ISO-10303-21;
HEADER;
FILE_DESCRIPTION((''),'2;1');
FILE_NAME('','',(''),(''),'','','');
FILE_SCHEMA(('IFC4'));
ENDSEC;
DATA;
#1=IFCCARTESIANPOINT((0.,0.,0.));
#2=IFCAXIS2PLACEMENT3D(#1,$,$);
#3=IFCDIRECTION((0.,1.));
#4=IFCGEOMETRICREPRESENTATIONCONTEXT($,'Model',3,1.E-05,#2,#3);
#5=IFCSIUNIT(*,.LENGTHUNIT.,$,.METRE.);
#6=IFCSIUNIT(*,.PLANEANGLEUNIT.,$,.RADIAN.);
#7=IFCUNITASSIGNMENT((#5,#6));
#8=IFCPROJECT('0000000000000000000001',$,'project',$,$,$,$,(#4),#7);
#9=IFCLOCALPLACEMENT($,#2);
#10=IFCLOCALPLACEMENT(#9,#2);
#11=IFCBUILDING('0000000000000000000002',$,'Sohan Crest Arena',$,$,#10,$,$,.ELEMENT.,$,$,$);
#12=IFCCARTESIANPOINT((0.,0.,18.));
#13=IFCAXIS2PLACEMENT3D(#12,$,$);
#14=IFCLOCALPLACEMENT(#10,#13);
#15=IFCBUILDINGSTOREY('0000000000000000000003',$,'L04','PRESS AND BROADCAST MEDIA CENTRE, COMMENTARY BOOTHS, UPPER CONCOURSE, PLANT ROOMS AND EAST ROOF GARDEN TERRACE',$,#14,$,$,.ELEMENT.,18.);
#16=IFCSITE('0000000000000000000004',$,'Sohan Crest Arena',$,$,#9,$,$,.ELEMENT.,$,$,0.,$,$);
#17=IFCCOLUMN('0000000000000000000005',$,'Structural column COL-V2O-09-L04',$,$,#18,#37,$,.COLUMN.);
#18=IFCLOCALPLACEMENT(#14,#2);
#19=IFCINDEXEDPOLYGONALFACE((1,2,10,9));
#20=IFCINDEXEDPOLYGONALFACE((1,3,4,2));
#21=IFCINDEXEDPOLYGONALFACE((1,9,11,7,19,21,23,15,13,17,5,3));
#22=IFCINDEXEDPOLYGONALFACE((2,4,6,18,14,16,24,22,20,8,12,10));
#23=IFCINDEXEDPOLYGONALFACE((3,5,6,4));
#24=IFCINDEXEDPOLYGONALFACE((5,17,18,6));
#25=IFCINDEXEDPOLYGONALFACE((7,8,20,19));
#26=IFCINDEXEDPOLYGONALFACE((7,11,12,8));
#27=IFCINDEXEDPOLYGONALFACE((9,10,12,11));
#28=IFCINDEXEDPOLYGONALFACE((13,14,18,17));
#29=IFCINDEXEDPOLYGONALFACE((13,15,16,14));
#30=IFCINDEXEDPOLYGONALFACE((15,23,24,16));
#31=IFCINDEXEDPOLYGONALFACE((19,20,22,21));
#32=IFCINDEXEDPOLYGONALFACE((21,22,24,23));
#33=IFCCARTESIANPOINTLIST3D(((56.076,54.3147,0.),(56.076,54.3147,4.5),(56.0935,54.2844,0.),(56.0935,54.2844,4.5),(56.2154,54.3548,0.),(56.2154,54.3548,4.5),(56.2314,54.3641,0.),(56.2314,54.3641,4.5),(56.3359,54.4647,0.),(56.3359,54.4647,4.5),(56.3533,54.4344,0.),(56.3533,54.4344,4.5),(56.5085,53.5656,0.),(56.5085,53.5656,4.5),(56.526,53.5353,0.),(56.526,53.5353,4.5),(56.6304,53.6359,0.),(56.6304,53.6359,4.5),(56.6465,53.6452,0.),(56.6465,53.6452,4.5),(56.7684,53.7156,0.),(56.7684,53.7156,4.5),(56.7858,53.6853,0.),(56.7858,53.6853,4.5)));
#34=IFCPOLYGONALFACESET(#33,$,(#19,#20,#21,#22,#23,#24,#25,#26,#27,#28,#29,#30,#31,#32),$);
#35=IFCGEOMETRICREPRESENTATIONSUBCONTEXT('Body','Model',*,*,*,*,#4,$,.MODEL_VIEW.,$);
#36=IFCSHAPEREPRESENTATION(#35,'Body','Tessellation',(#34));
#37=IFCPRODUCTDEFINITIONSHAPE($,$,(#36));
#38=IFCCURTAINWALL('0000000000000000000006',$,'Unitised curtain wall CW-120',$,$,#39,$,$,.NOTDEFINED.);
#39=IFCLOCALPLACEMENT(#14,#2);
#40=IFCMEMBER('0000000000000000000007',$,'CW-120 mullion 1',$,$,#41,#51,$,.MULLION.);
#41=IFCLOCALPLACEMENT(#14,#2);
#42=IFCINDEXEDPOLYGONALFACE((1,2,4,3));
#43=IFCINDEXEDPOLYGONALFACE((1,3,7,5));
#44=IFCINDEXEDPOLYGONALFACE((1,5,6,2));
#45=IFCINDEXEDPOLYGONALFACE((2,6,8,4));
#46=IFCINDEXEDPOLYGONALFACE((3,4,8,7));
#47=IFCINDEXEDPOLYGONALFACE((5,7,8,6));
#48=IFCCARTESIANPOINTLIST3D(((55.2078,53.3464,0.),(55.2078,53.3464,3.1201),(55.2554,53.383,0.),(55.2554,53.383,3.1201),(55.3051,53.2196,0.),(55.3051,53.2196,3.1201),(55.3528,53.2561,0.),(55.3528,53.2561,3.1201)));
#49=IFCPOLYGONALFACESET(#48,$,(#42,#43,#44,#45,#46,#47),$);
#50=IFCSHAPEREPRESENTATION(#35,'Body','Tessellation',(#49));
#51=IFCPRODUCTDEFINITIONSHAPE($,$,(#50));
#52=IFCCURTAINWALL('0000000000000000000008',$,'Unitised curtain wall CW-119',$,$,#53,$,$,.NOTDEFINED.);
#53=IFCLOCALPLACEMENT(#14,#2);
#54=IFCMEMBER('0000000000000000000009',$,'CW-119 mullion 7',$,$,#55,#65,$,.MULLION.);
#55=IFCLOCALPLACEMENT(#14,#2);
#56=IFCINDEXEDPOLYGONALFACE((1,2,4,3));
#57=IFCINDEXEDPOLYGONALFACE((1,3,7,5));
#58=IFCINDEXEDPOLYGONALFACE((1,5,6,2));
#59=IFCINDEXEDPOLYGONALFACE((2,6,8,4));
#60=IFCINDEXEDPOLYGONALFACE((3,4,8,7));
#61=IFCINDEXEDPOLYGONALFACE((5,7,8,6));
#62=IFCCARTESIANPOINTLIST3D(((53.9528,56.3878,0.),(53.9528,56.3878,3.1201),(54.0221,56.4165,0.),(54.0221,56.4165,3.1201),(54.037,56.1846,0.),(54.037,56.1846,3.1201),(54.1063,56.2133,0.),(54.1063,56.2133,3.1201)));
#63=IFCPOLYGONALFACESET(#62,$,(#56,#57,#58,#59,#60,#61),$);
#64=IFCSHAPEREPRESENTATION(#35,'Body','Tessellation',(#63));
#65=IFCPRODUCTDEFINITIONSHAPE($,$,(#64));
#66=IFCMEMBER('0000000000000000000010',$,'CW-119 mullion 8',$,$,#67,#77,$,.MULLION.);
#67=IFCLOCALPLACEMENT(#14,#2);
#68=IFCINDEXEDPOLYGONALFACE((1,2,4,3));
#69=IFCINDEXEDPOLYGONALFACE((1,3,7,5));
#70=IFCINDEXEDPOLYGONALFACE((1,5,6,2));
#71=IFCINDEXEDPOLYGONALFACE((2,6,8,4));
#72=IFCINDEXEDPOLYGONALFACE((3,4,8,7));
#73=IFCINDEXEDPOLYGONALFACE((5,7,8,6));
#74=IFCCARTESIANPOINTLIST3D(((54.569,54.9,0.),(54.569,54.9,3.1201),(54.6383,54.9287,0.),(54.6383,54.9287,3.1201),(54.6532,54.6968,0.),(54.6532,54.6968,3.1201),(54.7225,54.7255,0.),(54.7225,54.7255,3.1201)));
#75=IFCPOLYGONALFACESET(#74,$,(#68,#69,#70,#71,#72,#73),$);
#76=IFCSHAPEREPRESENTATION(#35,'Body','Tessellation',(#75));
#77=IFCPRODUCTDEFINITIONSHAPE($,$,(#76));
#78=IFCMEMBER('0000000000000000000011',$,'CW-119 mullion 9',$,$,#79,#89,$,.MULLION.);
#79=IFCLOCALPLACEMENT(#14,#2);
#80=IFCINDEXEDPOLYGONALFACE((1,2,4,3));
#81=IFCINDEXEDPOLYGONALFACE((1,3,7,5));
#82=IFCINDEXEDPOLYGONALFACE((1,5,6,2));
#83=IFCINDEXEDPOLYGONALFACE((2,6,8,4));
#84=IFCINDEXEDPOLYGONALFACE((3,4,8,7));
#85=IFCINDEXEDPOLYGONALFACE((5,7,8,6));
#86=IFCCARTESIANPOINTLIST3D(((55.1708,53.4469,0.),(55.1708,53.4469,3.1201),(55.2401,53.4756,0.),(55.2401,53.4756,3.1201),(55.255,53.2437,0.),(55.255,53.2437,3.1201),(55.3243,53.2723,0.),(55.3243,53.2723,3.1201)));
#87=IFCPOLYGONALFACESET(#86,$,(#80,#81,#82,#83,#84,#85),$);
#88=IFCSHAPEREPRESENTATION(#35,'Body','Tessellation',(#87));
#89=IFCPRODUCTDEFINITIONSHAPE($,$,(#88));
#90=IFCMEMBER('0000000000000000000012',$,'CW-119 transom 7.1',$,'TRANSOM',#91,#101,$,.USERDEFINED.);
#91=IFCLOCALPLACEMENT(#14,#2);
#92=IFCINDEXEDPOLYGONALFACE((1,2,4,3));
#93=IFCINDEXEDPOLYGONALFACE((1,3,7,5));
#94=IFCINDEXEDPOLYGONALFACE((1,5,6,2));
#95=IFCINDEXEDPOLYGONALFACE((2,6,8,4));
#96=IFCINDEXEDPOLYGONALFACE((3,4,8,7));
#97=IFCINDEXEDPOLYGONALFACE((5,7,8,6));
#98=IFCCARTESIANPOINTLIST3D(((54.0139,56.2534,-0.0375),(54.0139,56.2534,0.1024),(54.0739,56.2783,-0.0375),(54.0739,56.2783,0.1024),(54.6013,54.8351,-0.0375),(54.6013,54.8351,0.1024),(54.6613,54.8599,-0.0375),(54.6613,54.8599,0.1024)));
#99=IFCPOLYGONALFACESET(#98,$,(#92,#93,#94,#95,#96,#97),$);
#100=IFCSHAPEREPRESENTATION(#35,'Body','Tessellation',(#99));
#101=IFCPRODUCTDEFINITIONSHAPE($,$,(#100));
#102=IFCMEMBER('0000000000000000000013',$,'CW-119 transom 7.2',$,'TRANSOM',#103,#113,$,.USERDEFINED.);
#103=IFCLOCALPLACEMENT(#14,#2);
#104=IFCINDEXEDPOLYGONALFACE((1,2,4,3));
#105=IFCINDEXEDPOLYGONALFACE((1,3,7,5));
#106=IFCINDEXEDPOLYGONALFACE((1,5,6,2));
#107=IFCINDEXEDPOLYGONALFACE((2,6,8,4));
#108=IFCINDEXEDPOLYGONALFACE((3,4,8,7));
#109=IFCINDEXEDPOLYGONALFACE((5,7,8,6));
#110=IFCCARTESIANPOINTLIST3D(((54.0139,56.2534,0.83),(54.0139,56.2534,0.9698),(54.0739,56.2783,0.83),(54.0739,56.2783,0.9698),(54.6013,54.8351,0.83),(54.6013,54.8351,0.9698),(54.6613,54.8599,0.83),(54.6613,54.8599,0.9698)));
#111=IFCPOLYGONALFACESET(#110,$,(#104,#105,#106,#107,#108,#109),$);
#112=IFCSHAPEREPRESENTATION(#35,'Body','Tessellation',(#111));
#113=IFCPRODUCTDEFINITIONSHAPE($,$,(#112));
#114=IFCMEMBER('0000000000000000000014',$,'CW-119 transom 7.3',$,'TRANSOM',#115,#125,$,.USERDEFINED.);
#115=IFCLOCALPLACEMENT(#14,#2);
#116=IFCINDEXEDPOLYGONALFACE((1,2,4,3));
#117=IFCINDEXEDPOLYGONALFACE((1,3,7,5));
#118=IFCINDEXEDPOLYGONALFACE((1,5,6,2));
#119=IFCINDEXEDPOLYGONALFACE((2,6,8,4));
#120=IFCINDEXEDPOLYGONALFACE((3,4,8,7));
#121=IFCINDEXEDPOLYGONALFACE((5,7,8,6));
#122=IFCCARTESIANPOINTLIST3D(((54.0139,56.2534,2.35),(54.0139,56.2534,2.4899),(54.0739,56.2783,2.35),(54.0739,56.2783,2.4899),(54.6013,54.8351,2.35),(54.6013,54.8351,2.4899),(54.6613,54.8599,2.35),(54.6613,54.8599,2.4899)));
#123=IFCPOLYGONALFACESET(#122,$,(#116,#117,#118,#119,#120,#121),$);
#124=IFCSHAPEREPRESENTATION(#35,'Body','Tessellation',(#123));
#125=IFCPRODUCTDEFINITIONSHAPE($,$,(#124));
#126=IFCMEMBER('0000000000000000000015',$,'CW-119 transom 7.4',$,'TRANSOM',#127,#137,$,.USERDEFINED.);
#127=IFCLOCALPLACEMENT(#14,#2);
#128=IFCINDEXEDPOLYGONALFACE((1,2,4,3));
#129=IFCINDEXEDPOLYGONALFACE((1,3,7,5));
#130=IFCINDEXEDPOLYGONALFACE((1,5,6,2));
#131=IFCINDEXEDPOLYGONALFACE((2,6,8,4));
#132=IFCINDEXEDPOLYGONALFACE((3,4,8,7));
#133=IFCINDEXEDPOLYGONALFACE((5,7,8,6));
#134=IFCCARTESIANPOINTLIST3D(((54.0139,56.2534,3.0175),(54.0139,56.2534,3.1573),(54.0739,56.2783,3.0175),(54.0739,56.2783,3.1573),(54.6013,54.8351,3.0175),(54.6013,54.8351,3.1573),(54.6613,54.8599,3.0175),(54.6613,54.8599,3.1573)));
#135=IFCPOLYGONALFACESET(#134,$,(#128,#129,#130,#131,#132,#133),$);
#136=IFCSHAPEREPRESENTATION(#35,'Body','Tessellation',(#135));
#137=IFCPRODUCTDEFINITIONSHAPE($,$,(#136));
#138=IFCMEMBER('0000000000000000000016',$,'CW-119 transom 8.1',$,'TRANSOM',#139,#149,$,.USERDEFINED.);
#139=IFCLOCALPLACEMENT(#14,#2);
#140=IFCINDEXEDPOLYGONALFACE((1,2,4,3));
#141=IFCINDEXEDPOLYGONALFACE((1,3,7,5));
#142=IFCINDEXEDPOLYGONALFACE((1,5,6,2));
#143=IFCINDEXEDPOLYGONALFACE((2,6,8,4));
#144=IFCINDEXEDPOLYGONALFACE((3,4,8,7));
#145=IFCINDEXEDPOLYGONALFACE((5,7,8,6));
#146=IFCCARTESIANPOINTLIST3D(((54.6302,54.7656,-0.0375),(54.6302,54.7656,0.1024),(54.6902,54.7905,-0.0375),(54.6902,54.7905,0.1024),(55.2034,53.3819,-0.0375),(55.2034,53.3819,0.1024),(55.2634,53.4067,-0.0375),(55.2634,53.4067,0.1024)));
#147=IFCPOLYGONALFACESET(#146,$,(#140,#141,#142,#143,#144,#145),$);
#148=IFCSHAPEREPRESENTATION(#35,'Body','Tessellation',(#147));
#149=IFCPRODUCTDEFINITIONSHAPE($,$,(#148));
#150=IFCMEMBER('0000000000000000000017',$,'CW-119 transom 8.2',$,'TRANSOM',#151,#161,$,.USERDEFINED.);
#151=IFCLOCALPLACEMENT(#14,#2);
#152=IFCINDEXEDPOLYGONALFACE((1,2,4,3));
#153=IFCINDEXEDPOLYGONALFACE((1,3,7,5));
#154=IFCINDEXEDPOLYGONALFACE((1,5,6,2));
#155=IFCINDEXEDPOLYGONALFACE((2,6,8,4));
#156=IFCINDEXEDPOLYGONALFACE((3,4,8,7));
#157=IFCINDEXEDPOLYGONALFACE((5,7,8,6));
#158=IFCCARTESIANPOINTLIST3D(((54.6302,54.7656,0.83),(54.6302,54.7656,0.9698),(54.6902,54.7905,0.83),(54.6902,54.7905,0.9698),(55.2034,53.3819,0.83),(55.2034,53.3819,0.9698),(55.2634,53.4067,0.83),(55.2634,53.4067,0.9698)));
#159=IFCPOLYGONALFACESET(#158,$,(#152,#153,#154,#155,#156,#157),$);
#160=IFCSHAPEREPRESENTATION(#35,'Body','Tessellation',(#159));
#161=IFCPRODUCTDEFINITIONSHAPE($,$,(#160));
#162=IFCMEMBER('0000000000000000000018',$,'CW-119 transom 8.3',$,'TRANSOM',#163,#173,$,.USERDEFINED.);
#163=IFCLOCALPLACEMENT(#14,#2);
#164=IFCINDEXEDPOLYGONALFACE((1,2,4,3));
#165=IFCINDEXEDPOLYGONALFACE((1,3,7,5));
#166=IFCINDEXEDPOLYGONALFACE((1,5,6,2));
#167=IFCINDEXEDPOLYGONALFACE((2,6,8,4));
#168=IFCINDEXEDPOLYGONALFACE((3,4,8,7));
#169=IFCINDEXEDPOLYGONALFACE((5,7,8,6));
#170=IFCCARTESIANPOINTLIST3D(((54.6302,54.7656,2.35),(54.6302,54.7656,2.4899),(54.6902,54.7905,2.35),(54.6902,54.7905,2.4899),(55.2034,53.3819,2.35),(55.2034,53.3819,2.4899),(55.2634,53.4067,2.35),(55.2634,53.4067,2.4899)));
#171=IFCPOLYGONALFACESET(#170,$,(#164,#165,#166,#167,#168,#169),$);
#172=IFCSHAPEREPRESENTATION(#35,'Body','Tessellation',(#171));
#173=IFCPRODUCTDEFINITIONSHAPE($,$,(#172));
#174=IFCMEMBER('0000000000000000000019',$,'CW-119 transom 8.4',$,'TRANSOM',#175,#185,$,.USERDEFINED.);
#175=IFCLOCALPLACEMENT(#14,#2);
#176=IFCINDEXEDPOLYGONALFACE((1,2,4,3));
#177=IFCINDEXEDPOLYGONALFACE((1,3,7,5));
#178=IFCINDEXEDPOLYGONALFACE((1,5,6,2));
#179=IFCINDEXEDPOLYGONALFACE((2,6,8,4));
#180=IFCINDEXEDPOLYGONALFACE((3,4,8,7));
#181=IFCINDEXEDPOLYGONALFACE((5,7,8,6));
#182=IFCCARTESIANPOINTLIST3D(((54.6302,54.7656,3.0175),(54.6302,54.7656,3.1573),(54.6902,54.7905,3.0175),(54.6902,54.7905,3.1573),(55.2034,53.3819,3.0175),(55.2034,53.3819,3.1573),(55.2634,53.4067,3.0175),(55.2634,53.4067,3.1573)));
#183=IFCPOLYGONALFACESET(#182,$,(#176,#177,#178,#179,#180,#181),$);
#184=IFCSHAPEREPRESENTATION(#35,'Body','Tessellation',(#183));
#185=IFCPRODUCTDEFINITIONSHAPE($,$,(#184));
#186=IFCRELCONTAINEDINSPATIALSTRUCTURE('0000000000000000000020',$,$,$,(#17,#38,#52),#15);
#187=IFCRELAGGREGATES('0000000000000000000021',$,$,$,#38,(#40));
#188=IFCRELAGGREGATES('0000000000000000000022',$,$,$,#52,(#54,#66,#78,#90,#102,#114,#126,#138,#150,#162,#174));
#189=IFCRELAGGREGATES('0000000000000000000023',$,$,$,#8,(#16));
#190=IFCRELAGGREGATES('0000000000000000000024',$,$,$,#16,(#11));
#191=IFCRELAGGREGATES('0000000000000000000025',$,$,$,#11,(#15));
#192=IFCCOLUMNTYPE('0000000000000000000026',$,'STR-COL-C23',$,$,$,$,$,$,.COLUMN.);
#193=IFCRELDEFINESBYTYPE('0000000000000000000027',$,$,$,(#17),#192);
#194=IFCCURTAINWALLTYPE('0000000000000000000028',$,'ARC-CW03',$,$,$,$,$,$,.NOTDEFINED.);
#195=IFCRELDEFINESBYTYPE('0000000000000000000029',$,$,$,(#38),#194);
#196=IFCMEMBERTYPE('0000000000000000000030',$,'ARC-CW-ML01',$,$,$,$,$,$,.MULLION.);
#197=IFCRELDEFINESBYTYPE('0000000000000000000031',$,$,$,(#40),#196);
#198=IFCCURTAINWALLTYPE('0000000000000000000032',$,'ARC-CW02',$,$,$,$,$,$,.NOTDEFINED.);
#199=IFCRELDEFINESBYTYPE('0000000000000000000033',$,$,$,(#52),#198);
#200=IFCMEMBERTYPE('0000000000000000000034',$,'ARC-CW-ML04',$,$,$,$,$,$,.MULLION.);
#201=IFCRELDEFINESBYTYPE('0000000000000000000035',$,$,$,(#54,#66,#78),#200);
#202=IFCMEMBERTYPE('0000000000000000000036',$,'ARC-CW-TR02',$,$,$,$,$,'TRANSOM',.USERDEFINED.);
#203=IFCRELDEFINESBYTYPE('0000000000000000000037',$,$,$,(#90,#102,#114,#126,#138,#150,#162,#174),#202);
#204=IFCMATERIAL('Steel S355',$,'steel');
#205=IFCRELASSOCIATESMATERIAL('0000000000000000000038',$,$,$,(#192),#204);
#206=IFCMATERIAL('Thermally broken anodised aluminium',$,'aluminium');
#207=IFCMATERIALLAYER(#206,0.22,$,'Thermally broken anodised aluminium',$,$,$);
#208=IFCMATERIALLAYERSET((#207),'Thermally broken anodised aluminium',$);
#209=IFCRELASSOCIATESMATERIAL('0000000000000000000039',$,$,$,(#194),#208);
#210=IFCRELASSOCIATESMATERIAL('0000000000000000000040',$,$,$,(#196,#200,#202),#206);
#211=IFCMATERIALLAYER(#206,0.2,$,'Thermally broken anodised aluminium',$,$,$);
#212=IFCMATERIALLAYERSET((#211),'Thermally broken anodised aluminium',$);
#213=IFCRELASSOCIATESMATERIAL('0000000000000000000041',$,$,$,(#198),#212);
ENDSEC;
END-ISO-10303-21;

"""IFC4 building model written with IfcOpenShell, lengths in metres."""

from ifc_helpers import new_model, si_unit, direction, frame, origin, origin_2d, place, context, subcontext, project, spatial, rectangle, i_section, extrude, material, layer, layer_set, material_profile, profile_set, type_object, element, aggregate, save


model = new_model("IFC4")

# Units and contexts
model_context = context("Model", 3, precision=1e-05, world=origin(), true_north=direction((0.0, 1.0)))
body_context = subcontext(model_context, "Body", "Model", "MODEL_VIEW")
ifc_project = project(units=[si_unit("LENGTHUNIT", "METRE"), si_unit("PLANEANGLEUNIT", "RADIAN")], contexts=[model_context])

# Site, building, storey
site_placement = place(None, origin())
site = spatial("IfcSite", under=ifc_project, at=site_placement, Name="Sohan Crest Arena", CompositionType="ELEMENT", RefElevation=0.0)
building_placement = place(site_placement, origin())
building = spatial("IfcBuilding", under=site, at=building_placement, Name="Sohan Crest Arena", CompositionType="ELEMENT")
storey_placement = place(building_placement, frame((0.0, 0.0, 18.0)))
storey = spatial("IfcBuildingStorey", under=building, at=storey_placement, Name="L04", Description="PRESS AND BROADCAST MEDIA CENTRE, COMMENTARY BOOTHS, UPPER CONCOURSE, PLANT ROOMS AND EAST ROOF GARDEN TERRACE", CompositionType="ELEMENT", Elevation=18.0)

# Column
ifc_material_1 = material(Name="Steel S355", Category="steel")
ifc_material_profile_1 = material_profile(ifc_material_1, i_section(OverallWidth=0.3, OverallDepth=0.8999, WebThickness=0.0186, FlangeThickness=0.0349, at=origin_2d()), Name="HEB 900")
ifc_profile_set_1 = profile_set([ifc_material_profile_1], Name="Steel S355")
column_type = type_object("IfcColumnType", Name="STR-COL-C23", PredefinedType="COLUMN", material=ifc_profile_set_1)
column_placement = place(storey_placement, frame((56.4309, 54.0, 0.0), z_axis=(0.0, 0.0, 1.0), x_axis=(0.866025, 0.5, 0.0)))
element("IfcColumn", 1, at=column_placement, inside=storey, type_object=column_type, Name="Structural column COL-V2O-09-L04", PredefinedType="COLUMN", context=body_context, shape_type="SweptSolid", body=[
    extrude(i_section(OverallWidth=0.3, OverallDepth=0.8999, WebThickness=0.0186, FlangeThickness=0.0349, at=origin_2d()), origin(), (0.0, 0.0, 1.0), 4.5),
])

# Curtain wall, member
ifc_material_2 = material(Name="Thermally broken anodised aluminium", Category="aluminium")
ifc_layer_1 = layer(ifc_material_2, 0.22, Name="Thermally broken anodised aluminium")
ifc_layer_set_1 = layer_set([ifc_layer_1], Name="Thermally broken anodised aluminium")
curtain_wall_type_1 = type_object("IfcCurtainWallType", Name="ARC-CW03", PredefinedType="NOTDEFINED", material=ifc_layer_set_1)
curtain_wall_1_placement = place(storey_placement, origin())
curtain_wall_1 = element("IfcCurtainWall", 2, at=curtain_wall_1_placement, inside=storey, type_object=curtain_wall_type_1, Name="Unitised curtain wall CW-120", PredefinedType="NOTDEFINED")
ifc_material_profile_2 = material_profile(ifc_material_2, rectangle(XDim=0.0601, YDim=0.1599, at=origin_2d()), Name="ALU-MULL 60x160")
ifc_profile_set_2 = profile_set([ifc_material_profile_2], Name="Thermally broken anodised aluminium")
member_type_1 = type_object("IfcMemberType", Name="ARC-CW-ML01", PredefinedType="MULLION", material=ifc_profile_set_2)
member_1_placement = place(storey_placement, frame((55.2803, 53.3013, 0.0), z_axis=(0.0, 0.0, 1.0), x_axis=(0.793385, 0.60872, 0.0)))
member_1 = element("IfcMember", 3, at=member_1_placement, type_object=member_type_1, Name="CW-120 mullion 1", PredefinedType="MULLION", context=body_context, shape_type="SweptSolid", body=[
    extrude(rectangle(XDim=0.0601, YDim=0.1599, at=origin_2d()), origin(), (0.0, 0.0, 1.0), 3.1201),
])
aggregate(curtain_wall_1, [member_1])

# Curtain wall, members
ifc_layer_2 = layer(ifc_material_2, 0.2, Name="Thermally broken anodised aluminium")
ifc_layer_set_2 = layer_set([ifc_layer_2], Name="Thermally broken anodised aluminium")
curtain_wall_type_2 = type_object("IfcCurtainWallType", Name="ARC-CW02", PredefinedType="NOTDEFINED", material=ifc_layer_set_2)
curtain_wall_2_placement = place(storey_placement, origin())
curtain_wall_2 = element("IfcCurtainWall", 4, at=curtain_wall_2_placement, inside=storey, type_object=curtain_wall_type_2, Name="Unitised curtain wall CW-119", PredefinedType="NOTDEFINED")
ifc_material_profile_3 = material_profile(ifc_material_2, rectangle(XDim=0.075, YDim=0.22, at=origin_2d()), Name="ALU-MULL 75x220")
ifc_profile_set_3 = profile_set([ifc_material_profile_3], Name="Thermally broken anodised aluminium")
member_type_2 = type_object("IfcMemberType", Name="ARC-CW-ML04", PredefinedType="MULLION", material=ifc_profile_set_3)
member_2_placement = place(storey_placement, frame((54.0295, 56.3005, 0.0), z_axis=(0.0, 0.0, 1.0), x_axis=(0.923879, 0.382685, 0.0)))
member_2 = element("IfcMember", 5, at=member_2_placement, type_object=member_type_2, Name="CW-119 mullion 7", PredefinedType="MULLION", context=body_context, shape_type="SweptSolid", body=[
    extrude(rectangle(XDim=0.075, YDim=0.22, at=origin_2d()), origin(), (0.0, 0.0, 1.0), 3.1201),
])
member_3_placement = place(storey_placement, frame((54.6458, 54.8127, 0.0), z_axis=(0.0, 0.0, 1.0), x_axis=(0.923879, 0.382685, 0.0)))
member_3 = element("IfcMember", 6, at=member_3_placement, type_object=member_type_2, Name="CW-119 mullion 8", PredefinedType="MULLION", context=body_context, shape_type="SweptSolid", body=[
    extrude(rectangle(XDim=0.075, YDim=0.22, at=origin_2d()), origin(), (0.0, 0.0, 1.0), 3.1201),
])
member_4_placement = place(storey_placement, frame((55.2476, 53.3596, 0.0), z_axis=(0.0, 0.0, 1.0), x_axis=(0.923879, 0.382685, 0.0)))
member_4 = element("IfcMember", 7, at=member_4_placement, type_object=member_type_2, Name="CW-119 mullion 9", PredefinedType="MULLION", context=body_context, shape_type="SweptSolid", body=[
    extrude(rectangle(XDim=0.075, YDim=0.22, at=origin_2d()), origin(), (0.0, 0.0, 1.0), 3.1201),
])
ifc_material_profile_4 = material_profile(ifc_material_2, rectangle(XDim=0.0649, YDim=0.1399, at=origin_2d()), Name="ALU-TRAN 65x140")
ifc_profile_set_4 = profile_set([ifc_material_profile_4], Name="Thermally broken anodised aluminium")
member_type_3 = type_object("IfcMemberType", Name="ARC-CW-TR02", ElementType="TRANSOM", PredefinedType="USERDEFINED", material=ifc_profile_set_4)
member_5_placement = place(storey_placement, frame((54.0439, 56.2659, 0.0325), z_axis=(0.382605, -0.923912, 0.0), x_axis=(0.923912, 0.382605, 0.0)))
member_5 = element("IfcMember", 8, at=member_5_placement, type_object=member_type_3, Name="CW-119 transom 7.1", ObjectType="TRANSOM", PredefinedType="USERDEFINED", context=body_context, shape_type="SweptSolid", body=[
    extrude(rectangle(XDim=0.0649, YDim=0.1399, at=origin_2d()), origin(), (0.0, 0.0, 1.0), 1.5352),
])
member_6_placement = place(storey_placement, frame((54.0439, 56.2659, 0.8999), z_axis=(0.382605, -0.923912, 0.0), x_axis=(0.923912, 0.382605, 0.0)))
member_6 = element("IfcMember", 9, at=member_6_placement, type_object=member_type_3, Name="CW-119 transom 7.2", ObjectType="TRANSOM", PredefinedType="USERDEFINED", context=body_context, shape_type="SweptSolid", body=[
    extrude(rectangle(XDim=0.0649, YDim=0.1399, at=origin_2d()), origin(), (0.0, 0.0, 1.0), 1.5352),
])
member_7_placement = place(storey_placement, frame((54.0439, 56.2659, 2.4199), z_axis=(0.382605, -0.923912, 0.0), x_axis=(0.923912, 0.382605, 0.0)))
member_7 = element("IfcMember", 10, at=member_7_placement, type_object=member_type_3, Name="CW-119 transom 7.3", ObjectType="TRANSOM", PredefinedType="USERDEFINED", context=body_context, shape_type="SweptSolid", body=[
    extrude(rectangle(XDim=0.0649, YDim=0.1399, at=origin_2d()), origin(), (0.0, 0.0, 1.0), 1.5352),
])
member_8_placement = place(storey_placement, frame((54.0439, 56.2659, 3.0874), z_axis=(0.382605, -0.923912, 0.0), x_axis=(0.923912, 0.382605, 0.0)))
member_8 = element("IfcMember", 11, at=member_8_placement, type_object=member_type_3, Name="CW-119 transom 7.4", ObjectType="TRANSOM", PredefinedType="USERDEFINED", context=body_context, shape_type="SweptSolid", body=[
    extrude(rectangle(XDim=0.0649, YDim=0.1399, at=origin_2d()), origin(), (0.0, 0.0, 1.0), 1.5352),
])
member_9_placement = place(storey_placement, frame((54.6602, 54.7781, 0.0325), z_axis=(0.382716, -0.923866, 0.0), x_axis=(0.923866, 0.382716, 0.0)))
member_9 = element("IfcMember", 12, at=member_9_placement, type_object=member_type_3, Name="CW-119 transom 8.1", ObjectType="TRANSOM", PredefinedType="USERDEFINED", context=body_context, shape_type="SweptSolid", body=[
    extrude(rectangle(XDim=0.0649, YDim=0.1399, at=origin_2d()), origin(), (0.0, 0.0, 1.0), 1.4978),
])
member_10_placement = place(storey_placement, frame((54.6602, 54.7781, 0.8999), z_axis=(0.382716, -0.923866, 0.0), x_axis=(0.923866, 0.382716, 0.0)))
member_10 = element("IfcMember", 13, at=member_10_placement, type_object=member_type_3, Name="CW-119 transom 8.2", ObjectType="TRANSOM", PredefinedType="USERDEFINED", context=body_context, shape_type="SweptSolid", body=[
    extrude(rectangle(XDim=0.0649, YDim=0.1399, at=origin_2d()), origin(), (0.0, 0.0, 1.0), 1.4978),
])
member_11_placement = place(storey_placement, frame((54.6602, 54.7781, 2.4199), z_axis=(0.382716, -0.923866, 0.0), x_axis=(0.923866, 0.382716, 0.0)))
member_11 = element("IfcMember", 14, at=member_11_placement, type_object=member_type_3, Name="CW-119 transom 8.3", ObjectType="TRANSOM", PredefinedType="USERDEFINED", context=body_context, shape_type="SweptSolid", body=[
    extrude(rectangle(XDim=0.0649, YDim=0.1399, at=origin_2d()), origin(), (0.0, 0.0, 1.0), 1.4978),
])
member_12_placement = place(storey_placement, frame((54.6602, 54.7781, 3.0874), z_axis=(0.382716, -0.923866, 0.0), x_axis=(0.923866, 0.382716, 0.0)))
member_12 = element("IfcMember", 15, at=member_12_placement, type_object=member_type_3, Name="CW-119 transom 8.4", ObjectType="TRANSOM", PredefinedType="USERDEFINED", context=body_context, shape_type="SweptSolid", body=[
    extrude(rectangle(XDim=0.0649, YDim=0.1399, at=origin_2d()), origin(), (0.0, 0.0, 1.0), 1.4978),
])

aggregate(curtain_wall_2, [member_2, member_3, member_4, member_5, member_6, member_7, member_8, member_9, member_10, member_11, member_12])

save(model, "model.ifc")
